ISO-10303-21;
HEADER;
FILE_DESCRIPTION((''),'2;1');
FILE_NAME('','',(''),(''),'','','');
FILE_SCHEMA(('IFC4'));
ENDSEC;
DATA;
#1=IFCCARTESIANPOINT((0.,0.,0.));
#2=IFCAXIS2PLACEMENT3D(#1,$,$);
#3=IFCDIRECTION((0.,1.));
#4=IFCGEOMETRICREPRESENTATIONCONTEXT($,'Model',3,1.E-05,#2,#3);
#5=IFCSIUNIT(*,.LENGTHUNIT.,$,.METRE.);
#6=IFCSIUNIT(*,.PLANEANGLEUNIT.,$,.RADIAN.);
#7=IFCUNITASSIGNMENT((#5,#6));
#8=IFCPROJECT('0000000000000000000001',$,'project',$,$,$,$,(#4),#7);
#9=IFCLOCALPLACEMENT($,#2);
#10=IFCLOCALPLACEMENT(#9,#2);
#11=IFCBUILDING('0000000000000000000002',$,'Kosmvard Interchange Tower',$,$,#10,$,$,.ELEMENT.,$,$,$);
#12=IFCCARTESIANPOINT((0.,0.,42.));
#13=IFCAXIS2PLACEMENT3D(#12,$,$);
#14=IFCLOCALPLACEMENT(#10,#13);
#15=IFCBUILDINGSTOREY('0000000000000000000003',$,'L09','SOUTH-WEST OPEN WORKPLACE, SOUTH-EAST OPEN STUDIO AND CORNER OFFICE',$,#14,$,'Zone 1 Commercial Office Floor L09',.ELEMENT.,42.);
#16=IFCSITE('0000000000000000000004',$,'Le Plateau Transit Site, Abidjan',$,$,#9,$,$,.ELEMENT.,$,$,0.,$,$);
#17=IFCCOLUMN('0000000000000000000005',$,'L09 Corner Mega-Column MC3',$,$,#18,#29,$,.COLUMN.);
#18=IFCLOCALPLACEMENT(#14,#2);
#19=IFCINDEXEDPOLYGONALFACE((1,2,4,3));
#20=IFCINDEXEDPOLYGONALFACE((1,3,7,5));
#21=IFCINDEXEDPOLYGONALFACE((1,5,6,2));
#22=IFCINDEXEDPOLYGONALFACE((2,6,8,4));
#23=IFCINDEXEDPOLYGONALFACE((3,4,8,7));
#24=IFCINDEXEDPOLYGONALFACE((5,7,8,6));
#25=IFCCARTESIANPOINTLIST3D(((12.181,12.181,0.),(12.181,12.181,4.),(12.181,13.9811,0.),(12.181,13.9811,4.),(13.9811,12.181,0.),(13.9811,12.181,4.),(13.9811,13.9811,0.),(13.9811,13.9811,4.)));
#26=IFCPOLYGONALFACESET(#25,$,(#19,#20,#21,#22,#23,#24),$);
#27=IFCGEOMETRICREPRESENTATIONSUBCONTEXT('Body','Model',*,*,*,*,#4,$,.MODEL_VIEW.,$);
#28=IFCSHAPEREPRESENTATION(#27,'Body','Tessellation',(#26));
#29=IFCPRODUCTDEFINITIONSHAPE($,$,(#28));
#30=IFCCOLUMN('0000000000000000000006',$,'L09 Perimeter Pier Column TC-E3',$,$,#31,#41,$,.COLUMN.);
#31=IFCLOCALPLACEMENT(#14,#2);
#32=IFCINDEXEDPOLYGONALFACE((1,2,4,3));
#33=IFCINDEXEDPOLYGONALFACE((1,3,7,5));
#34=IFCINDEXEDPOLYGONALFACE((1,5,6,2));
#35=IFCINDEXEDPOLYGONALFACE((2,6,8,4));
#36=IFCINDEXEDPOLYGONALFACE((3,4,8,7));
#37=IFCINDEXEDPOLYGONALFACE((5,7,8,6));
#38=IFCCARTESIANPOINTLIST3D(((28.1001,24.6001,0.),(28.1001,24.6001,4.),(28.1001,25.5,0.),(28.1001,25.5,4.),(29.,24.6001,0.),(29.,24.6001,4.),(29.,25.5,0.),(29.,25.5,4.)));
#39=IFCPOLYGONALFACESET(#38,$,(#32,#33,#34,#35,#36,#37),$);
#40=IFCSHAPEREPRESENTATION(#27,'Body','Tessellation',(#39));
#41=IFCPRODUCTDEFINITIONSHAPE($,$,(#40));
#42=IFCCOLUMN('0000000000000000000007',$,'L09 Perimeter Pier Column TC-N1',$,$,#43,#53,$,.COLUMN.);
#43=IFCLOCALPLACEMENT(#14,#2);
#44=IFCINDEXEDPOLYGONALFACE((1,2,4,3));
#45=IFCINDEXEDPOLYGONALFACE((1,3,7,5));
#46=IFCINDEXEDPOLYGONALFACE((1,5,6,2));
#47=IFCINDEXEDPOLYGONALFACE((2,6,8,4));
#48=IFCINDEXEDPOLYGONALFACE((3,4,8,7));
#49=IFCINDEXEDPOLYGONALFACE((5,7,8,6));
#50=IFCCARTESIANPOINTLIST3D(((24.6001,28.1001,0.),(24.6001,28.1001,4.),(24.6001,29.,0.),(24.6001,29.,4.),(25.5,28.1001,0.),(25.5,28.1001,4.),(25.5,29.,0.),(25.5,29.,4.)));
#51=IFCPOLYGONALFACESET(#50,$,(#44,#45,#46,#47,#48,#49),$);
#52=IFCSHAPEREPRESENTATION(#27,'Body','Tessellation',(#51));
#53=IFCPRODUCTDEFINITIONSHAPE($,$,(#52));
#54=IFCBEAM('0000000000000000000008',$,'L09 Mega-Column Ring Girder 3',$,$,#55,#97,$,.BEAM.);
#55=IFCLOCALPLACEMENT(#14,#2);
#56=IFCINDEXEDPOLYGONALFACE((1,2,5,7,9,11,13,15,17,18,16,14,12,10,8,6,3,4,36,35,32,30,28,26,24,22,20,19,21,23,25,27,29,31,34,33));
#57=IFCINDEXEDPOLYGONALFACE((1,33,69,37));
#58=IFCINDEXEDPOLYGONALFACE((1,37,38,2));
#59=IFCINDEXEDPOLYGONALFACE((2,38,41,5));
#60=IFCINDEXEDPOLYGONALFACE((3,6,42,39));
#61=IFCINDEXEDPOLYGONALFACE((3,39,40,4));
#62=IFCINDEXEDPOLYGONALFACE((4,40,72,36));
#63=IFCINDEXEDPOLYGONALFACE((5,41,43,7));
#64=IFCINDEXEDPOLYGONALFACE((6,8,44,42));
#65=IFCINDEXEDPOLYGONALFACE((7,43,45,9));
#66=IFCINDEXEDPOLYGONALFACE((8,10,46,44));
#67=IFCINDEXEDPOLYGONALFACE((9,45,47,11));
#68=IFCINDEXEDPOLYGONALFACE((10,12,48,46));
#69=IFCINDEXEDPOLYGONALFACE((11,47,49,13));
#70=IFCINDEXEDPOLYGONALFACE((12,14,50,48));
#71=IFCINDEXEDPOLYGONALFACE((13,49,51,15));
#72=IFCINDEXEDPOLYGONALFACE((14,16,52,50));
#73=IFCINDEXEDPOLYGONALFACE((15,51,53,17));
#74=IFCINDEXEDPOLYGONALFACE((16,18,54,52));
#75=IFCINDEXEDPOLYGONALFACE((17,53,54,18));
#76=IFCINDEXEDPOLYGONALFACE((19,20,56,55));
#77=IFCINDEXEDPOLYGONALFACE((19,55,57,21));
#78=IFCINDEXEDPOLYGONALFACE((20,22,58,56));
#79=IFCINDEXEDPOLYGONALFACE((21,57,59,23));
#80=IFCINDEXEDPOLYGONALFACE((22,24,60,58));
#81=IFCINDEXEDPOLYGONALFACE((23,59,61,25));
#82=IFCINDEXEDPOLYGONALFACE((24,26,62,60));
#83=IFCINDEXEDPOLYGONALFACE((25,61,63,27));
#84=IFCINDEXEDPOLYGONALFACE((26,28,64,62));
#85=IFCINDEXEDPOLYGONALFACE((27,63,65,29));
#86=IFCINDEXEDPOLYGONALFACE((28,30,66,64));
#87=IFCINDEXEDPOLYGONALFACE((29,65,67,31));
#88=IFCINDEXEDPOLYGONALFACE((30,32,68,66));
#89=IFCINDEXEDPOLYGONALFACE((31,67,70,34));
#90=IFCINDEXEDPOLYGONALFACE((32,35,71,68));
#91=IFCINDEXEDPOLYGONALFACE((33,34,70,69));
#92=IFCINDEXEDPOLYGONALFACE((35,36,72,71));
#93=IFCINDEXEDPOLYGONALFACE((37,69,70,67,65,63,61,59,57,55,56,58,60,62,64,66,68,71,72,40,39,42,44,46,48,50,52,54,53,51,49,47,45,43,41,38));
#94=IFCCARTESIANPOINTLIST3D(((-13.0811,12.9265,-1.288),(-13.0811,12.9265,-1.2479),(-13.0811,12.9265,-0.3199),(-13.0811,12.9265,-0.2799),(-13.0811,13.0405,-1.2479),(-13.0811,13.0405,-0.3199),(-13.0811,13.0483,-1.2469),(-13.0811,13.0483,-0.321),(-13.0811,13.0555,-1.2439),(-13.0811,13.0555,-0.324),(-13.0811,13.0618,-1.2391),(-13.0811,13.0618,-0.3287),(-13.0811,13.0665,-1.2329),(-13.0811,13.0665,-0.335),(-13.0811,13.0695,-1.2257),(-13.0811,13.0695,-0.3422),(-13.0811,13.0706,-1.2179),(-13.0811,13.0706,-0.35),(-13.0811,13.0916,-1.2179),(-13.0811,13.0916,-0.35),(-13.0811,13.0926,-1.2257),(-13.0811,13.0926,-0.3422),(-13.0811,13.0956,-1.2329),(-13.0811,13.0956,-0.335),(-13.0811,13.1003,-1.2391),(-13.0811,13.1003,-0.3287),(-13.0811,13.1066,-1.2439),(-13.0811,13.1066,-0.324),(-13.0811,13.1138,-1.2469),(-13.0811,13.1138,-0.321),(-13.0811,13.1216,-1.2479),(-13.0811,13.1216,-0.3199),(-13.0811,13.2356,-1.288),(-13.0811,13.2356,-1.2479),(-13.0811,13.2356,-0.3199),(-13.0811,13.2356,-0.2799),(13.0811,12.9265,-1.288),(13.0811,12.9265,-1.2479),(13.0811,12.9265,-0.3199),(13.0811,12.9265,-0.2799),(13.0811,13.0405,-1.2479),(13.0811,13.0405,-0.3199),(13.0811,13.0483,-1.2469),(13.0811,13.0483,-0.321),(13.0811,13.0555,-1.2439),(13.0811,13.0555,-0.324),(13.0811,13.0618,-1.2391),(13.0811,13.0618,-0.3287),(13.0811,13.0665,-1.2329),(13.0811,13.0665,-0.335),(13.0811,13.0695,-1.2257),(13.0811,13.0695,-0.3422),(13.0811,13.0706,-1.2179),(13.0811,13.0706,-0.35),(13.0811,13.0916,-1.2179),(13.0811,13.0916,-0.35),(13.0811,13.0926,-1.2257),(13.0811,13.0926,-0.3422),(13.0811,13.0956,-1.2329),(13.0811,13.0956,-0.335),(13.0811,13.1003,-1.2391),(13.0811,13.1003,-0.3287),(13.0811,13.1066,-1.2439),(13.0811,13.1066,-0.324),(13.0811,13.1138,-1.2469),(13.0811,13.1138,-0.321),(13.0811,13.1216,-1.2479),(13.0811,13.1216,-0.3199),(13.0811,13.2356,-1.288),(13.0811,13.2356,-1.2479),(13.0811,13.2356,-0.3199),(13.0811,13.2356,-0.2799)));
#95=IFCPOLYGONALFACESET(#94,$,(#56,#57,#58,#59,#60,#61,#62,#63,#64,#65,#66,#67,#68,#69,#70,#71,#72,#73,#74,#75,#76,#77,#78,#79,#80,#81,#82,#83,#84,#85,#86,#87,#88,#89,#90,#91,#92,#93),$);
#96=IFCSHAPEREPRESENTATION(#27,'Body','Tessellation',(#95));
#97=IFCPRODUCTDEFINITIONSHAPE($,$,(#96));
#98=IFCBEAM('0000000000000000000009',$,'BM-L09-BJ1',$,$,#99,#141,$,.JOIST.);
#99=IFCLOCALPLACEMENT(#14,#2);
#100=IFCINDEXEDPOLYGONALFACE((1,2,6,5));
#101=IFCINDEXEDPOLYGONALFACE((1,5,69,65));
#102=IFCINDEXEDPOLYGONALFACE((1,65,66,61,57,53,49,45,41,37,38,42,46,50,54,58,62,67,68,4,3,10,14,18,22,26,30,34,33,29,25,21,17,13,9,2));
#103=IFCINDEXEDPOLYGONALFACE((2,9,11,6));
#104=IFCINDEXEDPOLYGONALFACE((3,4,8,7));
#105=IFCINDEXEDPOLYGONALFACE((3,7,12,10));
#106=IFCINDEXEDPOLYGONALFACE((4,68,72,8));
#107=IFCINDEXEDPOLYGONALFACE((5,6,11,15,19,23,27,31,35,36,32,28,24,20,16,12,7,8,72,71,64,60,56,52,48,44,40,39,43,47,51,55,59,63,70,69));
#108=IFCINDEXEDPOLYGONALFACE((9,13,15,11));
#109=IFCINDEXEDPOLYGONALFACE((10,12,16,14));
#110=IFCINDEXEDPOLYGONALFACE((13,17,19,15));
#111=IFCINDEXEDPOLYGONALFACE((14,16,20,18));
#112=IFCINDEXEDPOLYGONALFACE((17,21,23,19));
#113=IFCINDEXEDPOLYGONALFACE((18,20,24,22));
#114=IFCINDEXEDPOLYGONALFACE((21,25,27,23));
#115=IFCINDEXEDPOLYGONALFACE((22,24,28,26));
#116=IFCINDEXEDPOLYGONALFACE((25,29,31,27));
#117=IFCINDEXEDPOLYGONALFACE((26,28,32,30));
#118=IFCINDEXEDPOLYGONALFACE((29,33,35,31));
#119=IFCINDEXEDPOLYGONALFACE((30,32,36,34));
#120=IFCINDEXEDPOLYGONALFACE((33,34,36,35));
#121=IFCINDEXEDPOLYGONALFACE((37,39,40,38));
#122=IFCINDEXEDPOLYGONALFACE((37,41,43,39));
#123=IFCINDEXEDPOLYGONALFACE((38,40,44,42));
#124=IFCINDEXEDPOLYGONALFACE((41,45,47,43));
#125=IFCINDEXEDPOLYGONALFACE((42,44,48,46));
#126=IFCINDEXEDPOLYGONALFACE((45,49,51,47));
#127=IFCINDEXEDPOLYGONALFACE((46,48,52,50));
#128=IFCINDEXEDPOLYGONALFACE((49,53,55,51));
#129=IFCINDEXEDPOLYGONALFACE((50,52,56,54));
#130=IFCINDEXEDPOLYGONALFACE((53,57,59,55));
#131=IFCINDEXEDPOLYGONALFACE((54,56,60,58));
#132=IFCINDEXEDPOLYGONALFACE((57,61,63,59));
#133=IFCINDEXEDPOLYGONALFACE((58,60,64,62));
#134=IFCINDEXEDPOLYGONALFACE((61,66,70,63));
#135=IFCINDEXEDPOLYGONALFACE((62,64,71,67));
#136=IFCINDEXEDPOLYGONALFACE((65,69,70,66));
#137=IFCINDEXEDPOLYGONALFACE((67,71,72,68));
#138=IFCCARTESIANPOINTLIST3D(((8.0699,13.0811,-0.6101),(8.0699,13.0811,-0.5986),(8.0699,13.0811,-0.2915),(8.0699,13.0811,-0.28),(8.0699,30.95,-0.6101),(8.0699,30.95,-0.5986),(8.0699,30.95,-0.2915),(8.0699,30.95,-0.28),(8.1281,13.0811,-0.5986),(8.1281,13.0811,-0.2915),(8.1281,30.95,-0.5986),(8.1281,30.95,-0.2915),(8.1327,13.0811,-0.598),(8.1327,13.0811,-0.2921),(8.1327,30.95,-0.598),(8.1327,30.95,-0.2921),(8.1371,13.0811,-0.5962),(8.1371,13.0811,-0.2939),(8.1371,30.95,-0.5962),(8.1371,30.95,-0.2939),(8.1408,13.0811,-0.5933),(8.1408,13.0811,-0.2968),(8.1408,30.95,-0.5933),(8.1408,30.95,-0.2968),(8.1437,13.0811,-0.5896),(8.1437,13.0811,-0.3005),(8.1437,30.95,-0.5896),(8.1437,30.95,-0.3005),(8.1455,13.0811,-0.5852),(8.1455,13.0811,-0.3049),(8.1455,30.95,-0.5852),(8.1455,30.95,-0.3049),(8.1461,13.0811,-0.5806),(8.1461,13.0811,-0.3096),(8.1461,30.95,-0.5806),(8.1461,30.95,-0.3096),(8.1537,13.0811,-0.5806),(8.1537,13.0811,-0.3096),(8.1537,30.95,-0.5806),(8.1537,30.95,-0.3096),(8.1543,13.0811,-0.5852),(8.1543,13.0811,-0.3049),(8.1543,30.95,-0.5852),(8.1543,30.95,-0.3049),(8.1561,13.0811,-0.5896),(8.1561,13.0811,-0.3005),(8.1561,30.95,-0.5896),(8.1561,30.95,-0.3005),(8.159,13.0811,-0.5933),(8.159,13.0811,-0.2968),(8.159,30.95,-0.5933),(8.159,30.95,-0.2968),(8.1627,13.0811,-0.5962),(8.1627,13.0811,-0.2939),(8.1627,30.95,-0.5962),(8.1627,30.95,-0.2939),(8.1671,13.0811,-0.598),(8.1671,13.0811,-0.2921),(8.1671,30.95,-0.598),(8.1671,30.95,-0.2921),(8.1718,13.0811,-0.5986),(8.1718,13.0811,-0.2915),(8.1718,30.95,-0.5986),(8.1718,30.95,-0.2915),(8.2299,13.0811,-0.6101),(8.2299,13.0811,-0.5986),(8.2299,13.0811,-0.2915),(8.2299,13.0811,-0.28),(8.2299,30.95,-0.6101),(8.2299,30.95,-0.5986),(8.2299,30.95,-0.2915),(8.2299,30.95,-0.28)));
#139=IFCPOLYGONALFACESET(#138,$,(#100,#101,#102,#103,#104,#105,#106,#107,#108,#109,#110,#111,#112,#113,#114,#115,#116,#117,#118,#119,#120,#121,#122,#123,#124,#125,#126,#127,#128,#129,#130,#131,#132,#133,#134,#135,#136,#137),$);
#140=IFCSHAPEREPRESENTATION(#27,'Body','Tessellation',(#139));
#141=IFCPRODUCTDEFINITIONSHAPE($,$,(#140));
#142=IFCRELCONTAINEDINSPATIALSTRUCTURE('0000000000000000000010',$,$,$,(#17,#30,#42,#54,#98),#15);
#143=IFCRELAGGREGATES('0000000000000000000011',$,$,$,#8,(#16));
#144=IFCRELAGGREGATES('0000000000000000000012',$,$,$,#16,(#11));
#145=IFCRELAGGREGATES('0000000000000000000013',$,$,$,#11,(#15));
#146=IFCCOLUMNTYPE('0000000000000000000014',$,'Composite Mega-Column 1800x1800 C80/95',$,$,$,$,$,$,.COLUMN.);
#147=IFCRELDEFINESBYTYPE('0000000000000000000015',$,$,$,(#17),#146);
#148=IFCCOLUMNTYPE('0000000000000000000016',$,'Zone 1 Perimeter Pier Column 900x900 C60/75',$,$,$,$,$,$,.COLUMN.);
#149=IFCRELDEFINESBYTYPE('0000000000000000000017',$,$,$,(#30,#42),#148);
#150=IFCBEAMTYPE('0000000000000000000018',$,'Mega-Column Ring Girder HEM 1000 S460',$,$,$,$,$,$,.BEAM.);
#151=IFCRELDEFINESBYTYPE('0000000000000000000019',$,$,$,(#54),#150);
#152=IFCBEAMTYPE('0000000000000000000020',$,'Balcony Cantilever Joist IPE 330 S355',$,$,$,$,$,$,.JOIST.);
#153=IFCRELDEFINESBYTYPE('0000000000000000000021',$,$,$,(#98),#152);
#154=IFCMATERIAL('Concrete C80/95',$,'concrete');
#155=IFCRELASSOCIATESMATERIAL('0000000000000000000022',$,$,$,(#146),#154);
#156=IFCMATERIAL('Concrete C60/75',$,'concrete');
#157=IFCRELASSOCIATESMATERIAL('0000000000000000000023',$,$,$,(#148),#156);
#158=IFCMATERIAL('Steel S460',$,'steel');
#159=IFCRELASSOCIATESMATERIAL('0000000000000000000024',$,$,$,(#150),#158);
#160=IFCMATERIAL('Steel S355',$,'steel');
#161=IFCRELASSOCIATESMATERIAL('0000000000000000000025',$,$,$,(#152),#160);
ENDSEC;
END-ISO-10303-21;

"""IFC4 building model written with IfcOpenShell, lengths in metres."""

from ifc_helpers import new_model, si_unit, direction, frame, origin, origin_2d, place, context, subcontext, project, spatial, rectangle, i_section, extrude, source, transform, mapped, material, material_profile, profile_set, type_object, element, save


model = new_model("IFC4")

# Units and contexts
model_context = context("Model", 3, precision=1e-05, world=origin(), true_north=direction((0.0, 1.0)))
body_context = subcontext(model_context, "Body", "Model", "MODEL_VIEW")
ifc_project = project(units=[si_unit("LENGTHUNIT", "METRE"), si_unit("PLANEANGLEUNIT", "RADIAN")], contexts=[model_context])

# Site, building, storey
site_placement = place(None, origin())
site = spatial("IfcSite", under=ifc_project, at=site_placement, Name="Le Plateau Transit Site, Abidjan", CompositionType="ELEMENT", RefElevation=0.0)
building_placement = place(site_placement, origin())
building = spatial("IfcBuilding", under=site, at=building_placement, Name="Kosmvard Interchange Tower", CompositionType="ELEMENT")
storey_placement = place(building_placement, frame((0.0, 0.0, 42.0)))
storey = spatial("IfcBuildingStorey", under=building, at=storey_placement, Name="L09", Description="SOUTH-WEST OPEN WORKPLACE, SOUTH-EAST OPEN STUDIO AND CORNER OFFICE", LongName="Zone 1 Commercial Office Floor L09", CompositionType="ELEMENT", Elevation=42.0)

# Columns
ifc_material_1 = material(Name="Concrete C80/95", Category="concrete")
ifc_material_profile_1 = material_profile(ifc_material_1, rectangle(XDim=1.8, YDim=1.8, at=origin_2d()), Name="MC 1800x1800")
ifc_profile_set_1 = profile_set([ifc_material_profile_1], Name="Concrete C80/95")
column_type_1 = type_object("IfcColumnType", Name="Composite Mega-Column 1800x1800 C80/95", PredefinedType="COLUMN", material=ifc_profile_set_1)
shared_shape_1 = source(origin(), body_context, "Body", "SweptSolid", [
    extrude(rectangle(XDim=1.8, YDim=1.8, at=origin_2d()), origin(), (0.0, 0.0, 1.0), 4.0),
])
column_placement = place(storey_placement, frame((13.0811, 13.0811, 0.0), z_axis=(0.0, 0.0, 1.0), x_axis=(1.0, 0.0, 0.0)))
element("IfcColumn", 1, at=column_placement, inside=storey, type_object=column_type_1, Name="L09 Corner Mega-Column MC3", PredefinedType="COLUMN", context=body_context, shape_type="MappedRepresentation", body=[
    mapped(shared_shape_1, transform((0.0, 0.0, 0.0), scale=1.0)),
])
ifc_material_2 = material(Name="Concrete C60/75", Category="concrete")
ifc_material_profile_2 = material_profile(ifc_material_2, rectangle(XDim=0.8999, YDim=0.8999, at=origin_2d()), Name="TC 900x900")
ifc_profile_set_2 = profile_set([ifc_material_profile_2], Name="Concrete C60/75")
column_type_2 = type_object("IfcColumnType", Name="Zone 1 Perimeter Pier Column 900x900 C60/75", PredefinedType="COLUMN", material=ifc_profile_set_2)
shared_shape_2 = source(origin(), body_context, "Body", "SweptSolid", [
    extrude(rectangle(XDim=0.8999, YDim=0.8999, at=origin_2d()), origin(), (0.0, 0.0, 1.0), 4.0),
])
for number, where, z_axis, x_axis, name in (
    (2, (28.55, 25.05, 0.0), (0.0, 0.0, 1.0), (1.0, 0.0, 0.0), "L09 Perimeter Pier Column TC-E3"),
    (3, (25.05, 28.55, 0.0), (0.0, 0.0, 1.0), (1.0, 0.0, 0.0), "L09 Perimeter Pier Column TC-N1"),
):
    element("IfcColumn", number, at=place(storey_placement, frame(where, z_axis=z_axis, x_axis=x_axis)), inside=storey, type_object=column_type_2, Name=name, PredefinedType="COLUMN", context=body_context, shape_type="MappedRepresentation", body=[
        mapped(shared_shape_2, transform((0.0, 0.0, 0.0), scale=1.0)),
    ])

# Beams
ifc_material_3 = material(Name="Steel S460", Category="steel")
ifc_material_profile_3 = material_profile(ifc_material_3, i_section(OverallWidth=0.3091, OverallDepth=1.0081, WebThickness=0.021, FlangeThickness=0.04, FilletRadius=0.03, at=origin_2d()), Name="HEM 1000")
ifc_profile_set_3 = profile_set([ifc_material_profile_3], Name="Steel S460")
beam_type_1 = type_object("IfcBeamType", Name="Mega-Column Ring Girder HEM 1000 S460", PredefinedType="BEAM", material=ifc_profile_set_3)
shared_shape_3 = source(origin(), body_context, "Body", "SweptSolid", [
    extrude(i_section(OverallWidth=0.3091, OverallDepth=1.0081, WebThickness=0.021, FlangeThickness=0.04, FilletRadius=0.03, at=origin_2d()), origin(), (0.0, 0.0, 1.0), 26.1621),
])
beam_1_placement = place(storey_placement, frame((13.0811, 13.0811, -0.7839), z_axis=(-1.0, 0.0, 0.0), x_axis=(0.0, -1.0, 0.0)))
element("IfcBeam", 4, at=beam_1_placement, inside=storey, type_object=beam_type_1, Name="L09 Mega-Column Ring Girder 3", PredefinedType="BEAM", context=body_context, shape_type="MappedRepresentation", body=[
    mapped(shared_shape_3, transform((0.0, 0.0, 0.0), scale=1.0)),
])
ifc_material_4 = material(Name="Steel S355", Category="steel")
ifc_material_profile_4 = material_profile(ifc_material_4, i_section(OverallWidth=0.1599, OverallDepth=0.3301, WebThickness=0.0076, FlangeThickness=0.0115, FilletRadius=0.0181, at=origin_2d()), Name="IPE 330")
ifc_profile_set_4 = profile_set([ifc_material_profile_4], Name="Steel S355")
beam_type_2 = type_object("IfcBeamType", Name="Balcony Cantilever Joist IPE 330 S355", PredefinedType="JOIST", material=ifc_profile_set_4)
shared_shape_4 = source(origin(), body_context, "Body", "SweptSolid", [
    extrude(i_section(OverallWidth=0.1599, OverallDepth=0.3301, WebThickness=0.0076, FlangeThickness=0.0115, FilletRadius=0.0181, at=origin_2d()), origin(), (0.0, 0.0, 1.0), 17.8689),
])
beam_2_placement = place(storey_placement, frame((8.1499, 13.0811, -0.4451), z_axis=(0.0, 1.0, 0.0), x_axis=(-1.0, 0.0, 0.0)))
element("IfcBeam", 5, at=beam_2_placement, inside=storey, type_object=beam_type_2, Name="BM-L09-BJ1", PredefinedType="JOIST", context=body_context, shape_type="MappedRepresentation", body=[
    mapped(shared_shape_4, transform((0.0, 0.0, 0.0), scale=1.0)),
])

save(model, "model.ifc")
